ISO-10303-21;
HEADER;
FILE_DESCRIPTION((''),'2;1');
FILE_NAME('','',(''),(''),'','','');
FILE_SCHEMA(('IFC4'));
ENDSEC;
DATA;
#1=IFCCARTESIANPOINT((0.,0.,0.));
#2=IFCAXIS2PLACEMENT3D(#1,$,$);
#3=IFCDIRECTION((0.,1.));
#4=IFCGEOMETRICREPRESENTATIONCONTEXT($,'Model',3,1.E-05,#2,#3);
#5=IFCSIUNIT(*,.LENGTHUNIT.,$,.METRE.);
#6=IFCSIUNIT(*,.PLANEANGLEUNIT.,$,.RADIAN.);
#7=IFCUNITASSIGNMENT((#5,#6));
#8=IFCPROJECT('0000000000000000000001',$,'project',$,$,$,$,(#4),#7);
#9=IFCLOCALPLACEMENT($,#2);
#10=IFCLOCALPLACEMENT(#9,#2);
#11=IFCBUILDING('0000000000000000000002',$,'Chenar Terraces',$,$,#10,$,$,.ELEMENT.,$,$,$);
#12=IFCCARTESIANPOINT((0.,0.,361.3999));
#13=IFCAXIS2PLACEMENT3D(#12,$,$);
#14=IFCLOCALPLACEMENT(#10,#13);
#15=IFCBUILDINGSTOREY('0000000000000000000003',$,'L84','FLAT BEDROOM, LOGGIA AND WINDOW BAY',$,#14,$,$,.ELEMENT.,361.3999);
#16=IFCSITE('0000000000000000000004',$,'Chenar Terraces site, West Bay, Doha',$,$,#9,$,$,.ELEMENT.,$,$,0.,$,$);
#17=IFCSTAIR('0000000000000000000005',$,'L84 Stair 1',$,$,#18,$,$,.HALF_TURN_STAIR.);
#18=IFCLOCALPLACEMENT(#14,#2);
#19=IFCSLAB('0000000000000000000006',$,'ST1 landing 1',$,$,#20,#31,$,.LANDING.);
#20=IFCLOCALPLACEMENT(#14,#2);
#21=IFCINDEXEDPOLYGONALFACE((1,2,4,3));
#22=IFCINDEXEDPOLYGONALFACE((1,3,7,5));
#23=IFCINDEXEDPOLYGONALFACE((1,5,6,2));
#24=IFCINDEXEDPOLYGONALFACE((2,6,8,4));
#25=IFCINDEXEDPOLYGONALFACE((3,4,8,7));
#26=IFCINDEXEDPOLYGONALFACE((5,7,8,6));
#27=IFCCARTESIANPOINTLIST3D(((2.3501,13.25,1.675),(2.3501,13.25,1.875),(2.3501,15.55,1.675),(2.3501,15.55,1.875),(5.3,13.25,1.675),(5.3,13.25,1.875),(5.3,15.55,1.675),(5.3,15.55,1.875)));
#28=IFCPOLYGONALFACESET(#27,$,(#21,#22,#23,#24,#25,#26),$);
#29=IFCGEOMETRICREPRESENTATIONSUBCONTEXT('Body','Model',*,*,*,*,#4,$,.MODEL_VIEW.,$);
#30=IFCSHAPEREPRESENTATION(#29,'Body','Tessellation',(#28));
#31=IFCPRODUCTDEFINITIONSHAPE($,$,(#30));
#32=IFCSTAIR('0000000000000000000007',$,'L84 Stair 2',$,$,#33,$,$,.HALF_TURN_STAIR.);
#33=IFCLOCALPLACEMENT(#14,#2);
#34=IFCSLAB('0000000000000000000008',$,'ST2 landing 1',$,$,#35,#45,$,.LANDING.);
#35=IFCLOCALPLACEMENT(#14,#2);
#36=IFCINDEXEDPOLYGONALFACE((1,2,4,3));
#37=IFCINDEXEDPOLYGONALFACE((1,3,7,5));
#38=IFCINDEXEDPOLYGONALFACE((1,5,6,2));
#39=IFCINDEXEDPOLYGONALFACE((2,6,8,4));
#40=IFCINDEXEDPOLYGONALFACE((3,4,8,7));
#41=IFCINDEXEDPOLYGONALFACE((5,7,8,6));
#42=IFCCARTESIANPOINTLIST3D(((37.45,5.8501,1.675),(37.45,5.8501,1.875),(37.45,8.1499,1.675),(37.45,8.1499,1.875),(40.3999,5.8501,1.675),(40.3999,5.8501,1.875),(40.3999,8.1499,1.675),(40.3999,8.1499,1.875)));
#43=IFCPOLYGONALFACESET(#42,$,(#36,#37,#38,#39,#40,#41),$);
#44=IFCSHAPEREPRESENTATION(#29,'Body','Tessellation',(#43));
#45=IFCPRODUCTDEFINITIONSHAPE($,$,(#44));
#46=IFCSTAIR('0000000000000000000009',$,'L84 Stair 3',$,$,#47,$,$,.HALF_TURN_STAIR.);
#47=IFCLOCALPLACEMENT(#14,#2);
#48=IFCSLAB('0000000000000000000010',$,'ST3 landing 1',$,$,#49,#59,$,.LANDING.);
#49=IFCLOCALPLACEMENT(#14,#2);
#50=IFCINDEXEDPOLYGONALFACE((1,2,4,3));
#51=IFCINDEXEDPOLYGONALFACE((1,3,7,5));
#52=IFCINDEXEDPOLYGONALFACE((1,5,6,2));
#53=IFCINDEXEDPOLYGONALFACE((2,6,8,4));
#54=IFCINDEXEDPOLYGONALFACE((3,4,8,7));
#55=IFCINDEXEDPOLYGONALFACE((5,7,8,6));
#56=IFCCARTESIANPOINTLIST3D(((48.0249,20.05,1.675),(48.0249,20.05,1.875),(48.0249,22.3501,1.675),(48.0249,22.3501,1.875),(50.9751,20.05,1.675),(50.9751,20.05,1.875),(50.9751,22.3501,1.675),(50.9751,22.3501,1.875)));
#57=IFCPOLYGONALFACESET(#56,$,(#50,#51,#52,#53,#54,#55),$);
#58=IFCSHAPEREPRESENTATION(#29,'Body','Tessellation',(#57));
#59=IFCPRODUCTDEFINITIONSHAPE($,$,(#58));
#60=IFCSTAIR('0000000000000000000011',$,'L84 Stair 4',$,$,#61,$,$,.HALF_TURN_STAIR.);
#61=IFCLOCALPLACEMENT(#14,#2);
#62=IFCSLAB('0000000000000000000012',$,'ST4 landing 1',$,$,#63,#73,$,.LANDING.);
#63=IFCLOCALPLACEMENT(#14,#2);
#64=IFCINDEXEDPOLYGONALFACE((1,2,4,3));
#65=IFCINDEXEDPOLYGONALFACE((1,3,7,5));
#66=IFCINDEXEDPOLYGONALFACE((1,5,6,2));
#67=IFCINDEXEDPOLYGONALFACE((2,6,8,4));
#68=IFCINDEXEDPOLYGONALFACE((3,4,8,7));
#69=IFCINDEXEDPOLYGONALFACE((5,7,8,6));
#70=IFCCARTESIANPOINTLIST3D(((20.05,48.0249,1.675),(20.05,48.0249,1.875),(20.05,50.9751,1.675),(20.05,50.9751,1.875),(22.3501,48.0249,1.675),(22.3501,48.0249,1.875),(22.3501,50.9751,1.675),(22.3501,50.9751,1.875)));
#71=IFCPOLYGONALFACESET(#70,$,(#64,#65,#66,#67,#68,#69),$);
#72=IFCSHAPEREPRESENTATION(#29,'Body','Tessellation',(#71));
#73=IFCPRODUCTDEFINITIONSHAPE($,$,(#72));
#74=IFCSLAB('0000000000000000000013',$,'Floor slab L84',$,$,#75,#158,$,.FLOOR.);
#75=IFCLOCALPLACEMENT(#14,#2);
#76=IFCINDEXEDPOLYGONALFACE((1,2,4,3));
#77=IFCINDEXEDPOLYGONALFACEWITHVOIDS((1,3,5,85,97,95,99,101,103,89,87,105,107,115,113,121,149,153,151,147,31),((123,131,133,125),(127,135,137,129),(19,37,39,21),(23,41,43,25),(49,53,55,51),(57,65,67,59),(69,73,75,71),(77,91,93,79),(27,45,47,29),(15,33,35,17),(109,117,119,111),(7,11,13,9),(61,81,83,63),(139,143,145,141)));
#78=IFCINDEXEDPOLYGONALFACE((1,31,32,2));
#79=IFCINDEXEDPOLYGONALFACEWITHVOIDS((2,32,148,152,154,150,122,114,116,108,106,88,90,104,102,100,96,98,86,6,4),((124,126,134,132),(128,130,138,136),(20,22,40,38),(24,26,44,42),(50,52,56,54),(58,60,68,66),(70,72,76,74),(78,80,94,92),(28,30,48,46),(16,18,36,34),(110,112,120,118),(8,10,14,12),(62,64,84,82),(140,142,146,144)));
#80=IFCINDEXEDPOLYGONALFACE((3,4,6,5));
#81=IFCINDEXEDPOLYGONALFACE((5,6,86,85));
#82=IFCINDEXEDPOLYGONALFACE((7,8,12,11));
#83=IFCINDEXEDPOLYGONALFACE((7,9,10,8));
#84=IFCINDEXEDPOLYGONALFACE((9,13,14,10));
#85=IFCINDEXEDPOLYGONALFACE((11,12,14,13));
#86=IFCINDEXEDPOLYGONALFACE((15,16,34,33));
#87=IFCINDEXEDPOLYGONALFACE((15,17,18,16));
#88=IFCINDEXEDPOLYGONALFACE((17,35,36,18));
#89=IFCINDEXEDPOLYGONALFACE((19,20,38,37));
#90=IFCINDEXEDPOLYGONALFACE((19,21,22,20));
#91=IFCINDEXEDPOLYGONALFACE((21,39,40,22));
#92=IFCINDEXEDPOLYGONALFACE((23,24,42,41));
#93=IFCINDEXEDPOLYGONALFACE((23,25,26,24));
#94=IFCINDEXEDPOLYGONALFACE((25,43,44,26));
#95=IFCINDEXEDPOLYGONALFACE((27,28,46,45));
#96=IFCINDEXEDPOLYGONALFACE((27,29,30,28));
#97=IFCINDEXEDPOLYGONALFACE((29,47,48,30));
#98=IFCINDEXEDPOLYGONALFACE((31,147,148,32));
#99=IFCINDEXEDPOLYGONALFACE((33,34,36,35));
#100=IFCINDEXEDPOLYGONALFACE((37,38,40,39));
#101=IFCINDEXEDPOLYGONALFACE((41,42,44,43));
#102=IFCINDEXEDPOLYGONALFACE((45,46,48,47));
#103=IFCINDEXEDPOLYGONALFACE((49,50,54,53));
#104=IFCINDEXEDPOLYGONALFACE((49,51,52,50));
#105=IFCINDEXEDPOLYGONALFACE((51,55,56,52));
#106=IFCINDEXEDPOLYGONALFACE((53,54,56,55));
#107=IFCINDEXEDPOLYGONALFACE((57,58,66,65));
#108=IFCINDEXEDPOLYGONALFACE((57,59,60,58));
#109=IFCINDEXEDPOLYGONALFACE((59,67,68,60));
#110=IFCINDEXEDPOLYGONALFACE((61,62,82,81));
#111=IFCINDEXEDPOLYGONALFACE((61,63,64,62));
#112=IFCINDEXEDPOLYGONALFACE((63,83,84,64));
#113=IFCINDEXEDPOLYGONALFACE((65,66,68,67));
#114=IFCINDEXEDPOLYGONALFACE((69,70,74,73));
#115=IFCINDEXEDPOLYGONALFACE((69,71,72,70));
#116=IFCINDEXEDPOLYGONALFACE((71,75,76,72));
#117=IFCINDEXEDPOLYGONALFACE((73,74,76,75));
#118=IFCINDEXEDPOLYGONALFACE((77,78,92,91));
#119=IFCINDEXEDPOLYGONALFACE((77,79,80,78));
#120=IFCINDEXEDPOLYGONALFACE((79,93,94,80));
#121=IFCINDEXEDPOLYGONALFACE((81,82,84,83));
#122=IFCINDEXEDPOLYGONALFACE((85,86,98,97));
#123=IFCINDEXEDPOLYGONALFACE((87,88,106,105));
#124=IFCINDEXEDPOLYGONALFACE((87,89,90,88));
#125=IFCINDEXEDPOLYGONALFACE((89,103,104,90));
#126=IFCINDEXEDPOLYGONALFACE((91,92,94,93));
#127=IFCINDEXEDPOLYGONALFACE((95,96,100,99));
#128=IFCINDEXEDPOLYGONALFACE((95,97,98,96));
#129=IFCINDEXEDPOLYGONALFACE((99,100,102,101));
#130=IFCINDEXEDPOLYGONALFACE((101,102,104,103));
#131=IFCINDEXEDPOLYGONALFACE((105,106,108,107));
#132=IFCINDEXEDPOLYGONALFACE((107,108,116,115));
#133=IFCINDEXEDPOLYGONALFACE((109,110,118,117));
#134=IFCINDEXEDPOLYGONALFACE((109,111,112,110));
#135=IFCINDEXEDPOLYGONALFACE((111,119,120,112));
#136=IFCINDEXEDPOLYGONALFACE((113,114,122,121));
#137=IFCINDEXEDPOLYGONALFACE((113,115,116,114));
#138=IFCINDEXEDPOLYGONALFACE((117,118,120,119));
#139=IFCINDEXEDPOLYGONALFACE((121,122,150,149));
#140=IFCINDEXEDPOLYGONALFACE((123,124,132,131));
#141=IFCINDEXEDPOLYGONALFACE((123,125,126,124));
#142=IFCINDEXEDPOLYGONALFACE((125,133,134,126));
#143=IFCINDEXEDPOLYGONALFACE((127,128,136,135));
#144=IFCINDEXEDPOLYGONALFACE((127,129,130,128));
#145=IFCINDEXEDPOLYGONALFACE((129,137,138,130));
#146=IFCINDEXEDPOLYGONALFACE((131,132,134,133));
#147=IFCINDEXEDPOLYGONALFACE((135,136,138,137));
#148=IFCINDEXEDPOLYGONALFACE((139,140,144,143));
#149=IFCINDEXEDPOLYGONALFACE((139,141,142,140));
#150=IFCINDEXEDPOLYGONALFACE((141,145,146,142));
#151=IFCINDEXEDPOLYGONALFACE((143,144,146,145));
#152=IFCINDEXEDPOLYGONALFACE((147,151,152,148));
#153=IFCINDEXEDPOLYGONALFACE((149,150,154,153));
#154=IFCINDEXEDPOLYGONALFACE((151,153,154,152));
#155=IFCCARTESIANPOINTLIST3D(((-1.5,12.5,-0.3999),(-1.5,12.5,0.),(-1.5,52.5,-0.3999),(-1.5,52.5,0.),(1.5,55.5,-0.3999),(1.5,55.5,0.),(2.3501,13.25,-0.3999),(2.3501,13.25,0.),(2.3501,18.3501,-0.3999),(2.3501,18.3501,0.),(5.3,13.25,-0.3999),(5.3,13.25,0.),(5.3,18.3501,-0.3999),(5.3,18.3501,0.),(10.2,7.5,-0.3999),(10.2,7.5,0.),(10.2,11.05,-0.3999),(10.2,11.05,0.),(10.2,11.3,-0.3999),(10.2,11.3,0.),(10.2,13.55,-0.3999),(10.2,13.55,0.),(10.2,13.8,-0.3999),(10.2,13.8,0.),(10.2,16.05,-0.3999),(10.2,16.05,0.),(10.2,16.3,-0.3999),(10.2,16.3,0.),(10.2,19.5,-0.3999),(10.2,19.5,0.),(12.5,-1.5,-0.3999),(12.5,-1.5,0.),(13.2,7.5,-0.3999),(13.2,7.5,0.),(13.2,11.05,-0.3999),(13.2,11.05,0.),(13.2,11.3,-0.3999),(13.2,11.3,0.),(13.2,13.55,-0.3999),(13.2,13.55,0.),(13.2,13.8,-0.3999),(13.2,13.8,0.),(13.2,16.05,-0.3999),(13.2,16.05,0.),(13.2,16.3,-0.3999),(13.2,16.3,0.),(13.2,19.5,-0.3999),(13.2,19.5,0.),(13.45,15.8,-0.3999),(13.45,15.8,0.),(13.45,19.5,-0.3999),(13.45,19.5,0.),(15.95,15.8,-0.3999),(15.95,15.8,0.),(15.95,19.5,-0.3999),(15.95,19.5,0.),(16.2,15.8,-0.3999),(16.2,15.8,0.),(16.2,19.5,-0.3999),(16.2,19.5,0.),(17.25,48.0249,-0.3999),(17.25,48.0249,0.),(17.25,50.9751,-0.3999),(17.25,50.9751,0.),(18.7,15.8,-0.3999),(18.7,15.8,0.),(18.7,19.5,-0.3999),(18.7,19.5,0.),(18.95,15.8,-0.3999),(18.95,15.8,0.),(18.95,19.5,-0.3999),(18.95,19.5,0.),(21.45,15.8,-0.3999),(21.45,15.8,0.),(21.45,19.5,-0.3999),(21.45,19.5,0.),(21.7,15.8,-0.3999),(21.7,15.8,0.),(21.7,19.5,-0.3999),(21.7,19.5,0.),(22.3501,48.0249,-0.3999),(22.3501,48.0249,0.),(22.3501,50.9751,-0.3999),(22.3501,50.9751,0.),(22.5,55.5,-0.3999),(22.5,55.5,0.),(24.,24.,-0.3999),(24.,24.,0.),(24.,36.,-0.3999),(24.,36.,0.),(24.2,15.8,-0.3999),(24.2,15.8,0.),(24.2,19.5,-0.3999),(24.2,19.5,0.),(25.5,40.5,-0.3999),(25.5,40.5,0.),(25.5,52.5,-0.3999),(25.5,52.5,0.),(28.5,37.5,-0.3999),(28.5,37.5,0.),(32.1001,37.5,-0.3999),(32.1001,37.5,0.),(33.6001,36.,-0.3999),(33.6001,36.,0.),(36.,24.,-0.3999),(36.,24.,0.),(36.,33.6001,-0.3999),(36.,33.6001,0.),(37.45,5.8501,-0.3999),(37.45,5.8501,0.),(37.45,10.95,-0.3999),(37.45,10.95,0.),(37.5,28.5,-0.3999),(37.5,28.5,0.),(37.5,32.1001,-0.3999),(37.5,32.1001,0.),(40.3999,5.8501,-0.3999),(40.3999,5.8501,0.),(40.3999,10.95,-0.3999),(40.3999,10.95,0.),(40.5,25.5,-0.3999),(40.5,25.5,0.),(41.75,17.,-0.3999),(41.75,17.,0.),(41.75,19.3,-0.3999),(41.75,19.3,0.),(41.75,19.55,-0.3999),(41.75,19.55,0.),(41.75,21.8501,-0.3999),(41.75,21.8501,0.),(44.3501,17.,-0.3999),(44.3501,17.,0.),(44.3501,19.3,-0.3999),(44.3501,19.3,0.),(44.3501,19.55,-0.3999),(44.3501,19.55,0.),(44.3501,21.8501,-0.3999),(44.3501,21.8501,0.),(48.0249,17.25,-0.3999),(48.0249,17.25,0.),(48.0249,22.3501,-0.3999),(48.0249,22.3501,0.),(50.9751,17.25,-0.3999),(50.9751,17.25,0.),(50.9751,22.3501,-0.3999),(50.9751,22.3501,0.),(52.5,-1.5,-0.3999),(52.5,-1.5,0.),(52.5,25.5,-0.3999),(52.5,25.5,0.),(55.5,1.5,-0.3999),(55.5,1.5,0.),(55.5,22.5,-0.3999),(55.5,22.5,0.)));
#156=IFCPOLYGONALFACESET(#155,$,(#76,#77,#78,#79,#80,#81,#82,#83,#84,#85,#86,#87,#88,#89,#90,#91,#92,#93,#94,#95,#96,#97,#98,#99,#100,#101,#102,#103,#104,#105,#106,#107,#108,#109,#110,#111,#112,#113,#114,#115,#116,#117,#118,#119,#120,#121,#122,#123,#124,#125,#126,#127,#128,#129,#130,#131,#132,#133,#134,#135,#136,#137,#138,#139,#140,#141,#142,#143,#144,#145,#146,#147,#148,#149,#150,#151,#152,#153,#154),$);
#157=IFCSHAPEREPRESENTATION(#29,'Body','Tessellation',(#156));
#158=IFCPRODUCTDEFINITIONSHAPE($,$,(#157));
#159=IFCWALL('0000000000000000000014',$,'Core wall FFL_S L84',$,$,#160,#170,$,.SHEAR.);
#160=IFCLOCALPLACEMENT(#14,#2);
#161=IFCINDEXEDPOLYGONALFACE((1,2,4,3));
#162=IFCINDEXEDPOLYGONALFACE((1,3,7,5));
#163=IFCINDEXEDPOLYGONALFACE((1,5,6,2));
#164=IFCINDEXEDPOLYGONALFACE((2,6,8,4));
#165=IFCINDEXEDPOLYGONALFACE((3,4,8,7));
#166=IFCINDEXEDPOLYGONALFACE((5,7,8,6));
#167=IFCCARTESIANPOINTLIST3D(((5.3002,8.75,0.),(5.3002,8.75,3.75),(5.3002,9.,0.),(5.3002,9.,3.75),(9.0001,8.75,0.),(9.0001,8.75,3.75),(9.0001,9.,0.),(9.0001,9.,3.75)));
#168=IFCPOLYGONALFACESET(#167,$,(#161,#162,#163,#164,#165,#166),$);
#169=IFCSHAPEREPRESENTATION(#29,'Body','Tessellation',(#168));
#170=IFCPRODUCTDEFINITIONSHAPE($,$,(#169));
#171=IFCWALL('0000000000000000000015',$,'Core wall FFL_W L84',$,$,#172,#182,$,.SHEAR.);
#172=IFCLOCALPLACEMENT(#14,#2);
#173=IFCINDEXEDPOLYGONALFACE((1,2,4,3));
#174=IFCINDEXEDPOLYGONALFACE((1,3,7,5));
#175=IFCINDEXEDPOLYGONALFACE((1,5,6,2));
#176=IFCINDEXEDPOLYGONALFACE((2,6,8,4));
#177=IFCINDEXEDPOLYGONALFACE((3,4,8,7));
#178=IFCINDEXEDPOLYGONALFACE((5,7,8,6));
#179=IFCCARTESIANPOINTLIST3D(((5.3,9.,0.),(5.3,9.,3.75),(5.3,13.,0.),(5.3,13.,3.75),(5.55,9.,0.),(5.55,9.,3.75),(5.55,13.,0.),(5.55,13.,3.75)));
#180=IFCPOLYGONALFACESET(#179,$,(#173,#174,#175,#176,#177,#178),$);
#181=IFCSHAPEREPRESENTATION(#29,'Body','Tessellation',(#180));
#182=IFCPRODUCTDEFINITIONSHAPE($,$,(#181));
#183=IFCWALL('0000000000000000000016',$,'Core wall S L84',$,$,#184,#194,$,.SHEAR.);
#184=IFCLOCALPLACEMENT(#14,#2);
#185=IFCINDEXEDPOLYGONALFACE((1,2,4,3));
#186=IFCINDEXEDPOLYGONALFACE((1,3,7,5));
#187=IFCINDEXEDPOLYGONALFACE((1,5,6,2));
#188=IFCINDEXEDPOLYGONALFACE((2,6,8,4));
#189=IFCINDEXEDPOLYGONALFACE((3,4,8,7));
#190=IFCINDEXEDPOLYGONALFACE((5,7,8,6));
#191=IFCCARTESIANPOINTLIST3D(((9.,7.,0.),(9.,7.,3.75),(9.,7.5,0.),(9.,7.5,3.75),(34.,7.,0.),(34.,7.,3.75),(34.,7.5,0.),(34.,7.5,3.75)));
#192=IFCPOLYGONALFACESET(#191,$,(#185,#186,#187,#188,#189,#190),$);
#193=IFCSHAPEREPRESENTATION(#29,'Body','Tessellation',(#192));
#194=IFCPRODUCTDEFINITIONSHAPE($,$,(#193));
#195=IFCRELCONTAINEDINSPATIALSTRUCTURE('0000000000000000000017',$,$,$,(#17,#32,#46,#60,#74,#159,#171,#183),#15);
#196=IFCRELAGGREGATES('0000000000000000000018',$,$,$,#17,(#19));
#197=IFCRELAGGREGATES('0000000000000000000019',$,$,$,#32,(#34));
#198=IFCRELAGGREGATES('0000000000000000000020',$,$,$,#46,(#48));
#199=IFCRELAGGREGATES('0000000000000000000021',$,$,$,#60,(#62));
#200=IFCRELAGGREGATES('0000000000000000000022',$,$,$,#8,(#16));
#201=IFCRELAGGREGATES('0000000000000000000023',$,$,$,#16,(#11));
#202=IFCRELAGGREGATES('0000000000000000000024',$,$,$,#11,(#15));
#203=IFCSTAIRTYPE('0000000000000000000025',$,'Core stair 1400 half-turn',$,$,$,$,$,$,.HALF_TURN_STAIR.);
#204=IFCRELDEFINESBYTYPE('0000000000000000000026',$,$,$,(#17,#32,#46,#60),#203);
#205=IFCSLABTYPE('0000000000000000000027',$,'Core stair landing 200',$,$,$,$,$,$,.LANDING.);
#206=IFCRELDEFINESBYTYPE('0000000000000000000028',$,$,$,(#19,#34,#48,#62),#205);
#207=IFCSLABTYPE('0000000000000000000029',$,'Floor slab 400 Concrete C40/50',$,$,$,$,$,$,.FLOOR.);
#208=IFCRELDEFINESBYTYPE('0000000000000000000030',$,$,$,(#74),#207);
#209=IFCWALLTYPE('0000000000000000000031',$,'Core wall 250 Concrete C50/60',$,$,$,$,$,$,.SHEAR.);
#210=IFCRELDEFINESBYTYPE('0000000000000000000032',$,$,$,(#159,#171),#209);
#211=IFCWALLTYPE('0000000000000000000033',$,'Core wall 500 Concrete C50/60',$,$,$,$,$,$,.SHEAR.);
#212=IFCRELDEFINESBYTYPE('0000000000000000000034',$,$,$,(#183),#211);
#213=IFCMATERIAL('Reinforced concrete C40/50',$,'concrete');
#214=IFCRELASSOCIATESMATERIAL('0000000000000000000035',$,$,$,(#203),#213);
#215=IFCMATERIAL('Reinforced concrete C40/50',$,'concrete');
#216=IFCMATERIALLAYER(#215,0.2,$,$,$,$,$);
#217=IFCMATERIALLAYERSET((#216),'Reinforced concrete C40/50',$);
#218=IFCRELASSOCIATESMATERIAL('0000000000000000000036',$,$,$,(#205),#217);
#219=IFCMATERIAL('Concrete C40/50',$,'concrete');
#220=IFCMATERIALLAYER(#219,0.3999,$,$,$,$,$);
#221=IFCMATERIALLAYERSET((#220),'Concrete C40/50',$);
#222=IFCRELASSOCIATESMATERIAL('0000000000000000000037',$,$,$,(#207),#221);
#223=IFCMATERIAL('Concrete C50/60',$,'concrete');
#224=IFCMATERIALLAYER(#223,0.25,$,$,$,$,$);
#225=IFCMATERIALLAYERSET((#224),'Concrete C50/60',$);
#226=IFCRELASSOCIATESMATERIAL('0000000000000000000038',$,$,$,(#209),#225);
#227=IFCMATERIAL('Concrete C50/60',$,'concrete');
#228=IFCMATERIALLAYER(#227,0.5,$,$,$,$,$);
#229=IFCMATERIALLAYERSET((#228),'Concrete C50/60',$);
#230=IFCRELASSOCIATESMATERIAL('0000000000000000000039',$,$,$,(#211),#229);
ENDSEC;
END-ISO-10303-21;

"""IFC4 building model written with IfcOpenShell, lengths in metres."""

from ifc_helpers import new_model, si_unit, direction, frame, frame_2d, origin, place, context, subcontext, project, spatial, polyline, rectangle, outline, extrude, material, layer, layer_set, type_object, element, aggregate, save


model = new_model("IFC4")

# Units and contexts
model_context = context("Model", 3, precision=1e-05, world=origin(), true_north=direction((0.0, 1.0)))
body_context = subcontext(model_context, "Body", "Model", "MODEL_VIEW")
ifc_project = project(units=[si_unit("LENGTHUNIT", "METRE"), si_unit("PLANEANGLEUNIT", "RADIAN")], contexts=[model_context])

# Site, building, storey
site_placement = place(None, origin())
site = spatial("IfcSite", under=ifc_project, at=site_placement, Name="Chenar Terraces site, West Bay, Doha", CompositionType="ELEMENT", RefElevation=0.0)
building_placement = place(site_placement, origin())
building = spatial("IfcBuilding", under=site, at=building_placement, Name="Chenar Terraces", CompositionType="ELEMENT")
storey_placement = place(building_placement, frame((0.0, 0.0, 361.3999)))
storey = spatial("IfcBuildingStorey", under=building, at=storey_placement, Name="L84", Description="FLAT BEDROOM, LOGGIA AND WINDOW BAY", CompositionType="ELEMENT", Elevation=361.3999)

# Stairs, slabs
ifc_material_1 = material(Name="Reinforced concrete C40/50", Category="concrete")
stair_type = type_object("IfcStairType", Name="Core stair 1400 half-turn", PredefinedType="HALF_TURN_STAIR", material=ifc_material_1)
placement_1 = place(storey_placement, origin())
stair_1 = element("IfcStair", 1, at=placement_1, inside=storey, type_object=stair_type, Name="L84 Stair 1", PredefinedType="HALF_TURN_STAIR")
ifc_material_2 = material(Name="Reinforced concrete C40/50", Category="concrete")
ifc_layer_1 = layer(ifc_material_2, 0.2)
ifc_layer_set_1 = layer_set([ifc_layer_1], Name="Reinforced concrete C40/50")
slab_type_1 = type_object("IfcSlabType", Name="Core stair landing 200", PredefinedType="LANDING", material=ifc_layer_set_1)
placement_2 = place(storey_placement, frame((0.0, 0.0, 1.675)))
slab_1 = element("IfcSlab", 2, at=placement_2, type_object=slab_type_1, Name="ST1 landing 1", PredefinedType="LANDING", context=body_context, shape_type="SweptSolid", body=[
    extrude(outline(polyline([(2.3501, 15.55), (2.3501, 13.25), (5.3, 13.25), (5.3, 15.55), (2.3501, 15.55)])), origin(), (0.0, 0.0, 1.0), 0.2),
])
aggregate(stair_1, [slab_1])
stair_2 = element("IfcStair", 3, at=placement_1, inside=storey, type_object=stair_type, Name="L84 Stair 2", PredefinedType="HALF_TURN_STAIR")
slab_2 = element("IfcSlab", 4, at=placement_2, type_object=slab_type_1, Name="ST2 landing 1", PredefinedType="LANDING", context=body_context, shape_type="SweptSolid", body=[
    extrude(outline(polyline([(37.45, 8.1499), (37.45, 5.8501), (40.3999, 5.8501), (40.3999, 8.1499), (37.45, 8.1499)])), origin(), (0.0, 0.0, 1.0), 0.2),
])
aggregate(stair_2, [slab_2])
stair_3 = element("IfcStair", 5, at=placement_1, inside=storey, type_object=stair_type, Name="L84 Stair 3", PredefinedType="HALF_TURN_STAIR")
slab_3 = element("IfcSlab", 6, at=placement_2, type_object=slab_type_1, Name="ST3 landing 1", PredefinedType="LANDING", context=body_context, shape_type="SweptSolid", body=[
    extrude(outline(polyline([(50.9751, 20.05), (50.9751, 22.3501), (48.0249, 22.3501), (48.0249, 20.05), (50.9751, 20.05)])), origin(), (0.0, 0.0, 1.0), 0.2),
])
aggregate(stair_3, [slab_3])
stair_4 = element("IfcStair", 7, at=placement_1, inside=storey, type_object=stair_type, Name="L84 Stair 4", PredefinedType="HALF_TURN_STAIR")
slab_4 = element("IfcSlab", 8, at=placement_2, type_object=slab_type_1, Name="ST4 landing 1", PredefinedType="LANDING", context=body_context, shape_type="SweptSolid", body=[
    extrude(outline(polyline([(20.05, 48.0249), (22.3501, 48.0249), (22.3501, 50.9751), (20.05, 50.9751), (20.05, 48.0249)])), origin(), (0.0, 0.0, 1.0), 0.2),
])
aggregate(stair_4, [slab_4])

# Slab
ifc_material_3 = material(Name="Concrete C40/50", Category="concrete")
ifc_layer_2 = layer(ifc_material_3, 0.3999)
ifc_layer_set_2 = layer_set([ifc_layer_2], Name="Concrete C40/50")
slab_type_2 = type_object("IfcSlabType", Name="Floor slab 400 Concrete C40/50", PredefinedType="FLOOR", material=ifc_layer_set_2)
slab_5_placement = place(storey_placement, frame((0.0, 0.0, -0.3999)))
element("IfcSlab", 9, at=slab_5_placement, inside=storey, type_object=slab_type_2, Name="Floor slab L84", PredefinedType="FLOOR", context=body_context, shape_type="SweptSolid", body=[
    extrude(outline(polyline([(55.5, 22.5), (55.5, 1.5), (52.5, -1.5), (12.5, -1.5), (-1.5, 12.5), (-1.5, 52.5), (1.5, 55.5), (22.5, 55.5), (25.5, 52.5), (25.5, 40.5), (28.5, 37.5), (32.1001, 37.5), (33.6001, 36.0), (24.0, 36.0), (24.0, 24.0), (36.0, 24.0), (36.0, 33.6001), (37.5, 32.1001), (37.5, 28.5), (40.5, 25.5), (52.5, 25.5), (55.5, 22.5)]), holes=[polyline([(10.2, 11.05), (10.2, 7.5), (13.2, 7.5), (13.2, 11.05), (10.2, 11.05)]), polyline([(13.2, 13.55), (10.2, 13.55), (10.2, 11.3), (13.2, 11.3), (13.2, 13.55)]), polyline([(13.2, 16.05), (10.2, 16.05), (10.2, 13.8), (13.2, 13.8), (13.2, 16.05)]), polyline([(2.3501, 13.25), (5.3, 13.25), (5.3, 18.3501), (2.3501, 18.3501), (2.3501, 13.25)]), polyline([(15.95, 19.5), (13.45, 19.5), (13.45, 15.8), (15.95, 15.8), (15.95, 19.5)]), polyline([(18.7, 19.5), (16.2, 19.5), (16.2, 15.8), (18.7, 15.8), (18.7, 19.5)]), polyline([(13.2, 19.5), (10.2, 19.5), (10.2, 16.3), (13.2, 16.3), (13.2, 19.5)]), polyline([(22.3501, 48.0249), (22.3501, 50.9751), (17.25, 50.9751), (17.25, 48.0249), (22.3501, 48.0249)]), polyline([(37.45, 5.8501), (40.3999, 5.8501), (40.3999, 10.95), (37.45, 10.95), (37.45, 5.8501)]), polyline([(21.45, 19.5), (18.95, 19.5), (18.95, 15.8), (21.45, 15.8), (21.45, 19.5)]), polyline([(24.2, 19.5), (21.7, 19.5), (21.7, 15.8), (24.2, 15.8), (24.2, 19.5)]), polyline([(44.3501, 19.3), (41.75, 19.3), (41.75, 17.0), (44.3501, 17.0), (44.3501, 19.3)]), polyline([(50.9751, 22.3501), (48.0249, 22.3501), (48.0249, 17.25), (50.9751, 17.25), (50.9751, 22.3501)]), polyline([(44.3501, 21.8501), (41.75, 21.8501), (41.75, 19.55), (44.3501, 19.55), (44.3501, 21.8501)])]), origin(), (0.0, 0.0, 1.0), 0.3999),
])

# Walls
ifc_material_4 = material(Name="Concrete C50/60", Category="concrete")
ifc_layer_3 = layer(ifc_material_4, 0.25)
ifc_layer_set_3 = layer_set([ifc_layer_3], Name="Concrete C50/60")
wall_type_1 = type_object("IfcWallType", Name="Core wall 250 Concrete C50/60", PredefinedType="SHEAR", material=ifc_layer_set_3)
wall_1_placement = place(storey_placement, frame((5.3, 8.875, 0.0), z_axis=(0.0, 0.0, 1.0), x_axis=(1.0, 0.0, 0.0)))
element("IfcWall", 10, at=wall_1_placement, inside=storey, type_object=wall_type_1, Name="Core wall FFL_S L84", PredefinedType="SHEAR", context=body_context, shape_type="SweptSolid", body=[
    extrude(rectangle(XDim=3.7, YDim=0.25, at=frame_2d((1.8501, 0.0))), origin(), (0.0, 0.0, 1.0), 3.75),
])
wall_2_placement = place(storey_placement, frame((5.425, 9.0, 0.0), z_axis=(0.0, 0.0, 1.0), x_axis=(0.0, 1.0, 0.0)))
element("IfcWall", 11, at=wall_2_placement, inside=storey, type_object=wall_type_1, Name="Core wall FFL_W L84", PredefinedType="SHEAR", context=body_context, shape_type="SweptSolid", body=[
    extrude(rectangle(XDim=4.0, YDim=0.25, at=frame_2d((2.0, 0.0))), origin(), (0.0, 0.0, 1.0), 3.75),
])
ifc_material_5 = material(Name="Concrete C50/60", Category="concrete")
ifc_layer_4 = layer(ifc_material_5, 0.5)
ifc_layer_set_4 = layer_set([ifc_layer_4], Name="Concrete C50/60")
wall_type_2 = type_object("IfcWallType", Name="Core wall 500 Concrete C50/60", PredefinedType="SHEAR", material=ifc_layer_set_4)
wall_3_placement = place(storey_placement, frame((9.0, 7.25, 0.0), z_axis=(0.0, 0.0, 1.0), x_axis=(1.0, 0.0, 0.0)))
element("IfcWall", 12, at=wall_3_placement, inside=storey, type_object=wall_type_2, Name="Core wall S L84", PredefinedType="SHEAR", context=body_context, shape_type="SweptSolid", body=[
    extrude(rectangle(XDim=25.0, YDim=0.5, at=frame_2d((12.5, 0.0))), origin(), (0.0, 0.0, 1.0), 3.75),
])

save(model, "model.ifc")
